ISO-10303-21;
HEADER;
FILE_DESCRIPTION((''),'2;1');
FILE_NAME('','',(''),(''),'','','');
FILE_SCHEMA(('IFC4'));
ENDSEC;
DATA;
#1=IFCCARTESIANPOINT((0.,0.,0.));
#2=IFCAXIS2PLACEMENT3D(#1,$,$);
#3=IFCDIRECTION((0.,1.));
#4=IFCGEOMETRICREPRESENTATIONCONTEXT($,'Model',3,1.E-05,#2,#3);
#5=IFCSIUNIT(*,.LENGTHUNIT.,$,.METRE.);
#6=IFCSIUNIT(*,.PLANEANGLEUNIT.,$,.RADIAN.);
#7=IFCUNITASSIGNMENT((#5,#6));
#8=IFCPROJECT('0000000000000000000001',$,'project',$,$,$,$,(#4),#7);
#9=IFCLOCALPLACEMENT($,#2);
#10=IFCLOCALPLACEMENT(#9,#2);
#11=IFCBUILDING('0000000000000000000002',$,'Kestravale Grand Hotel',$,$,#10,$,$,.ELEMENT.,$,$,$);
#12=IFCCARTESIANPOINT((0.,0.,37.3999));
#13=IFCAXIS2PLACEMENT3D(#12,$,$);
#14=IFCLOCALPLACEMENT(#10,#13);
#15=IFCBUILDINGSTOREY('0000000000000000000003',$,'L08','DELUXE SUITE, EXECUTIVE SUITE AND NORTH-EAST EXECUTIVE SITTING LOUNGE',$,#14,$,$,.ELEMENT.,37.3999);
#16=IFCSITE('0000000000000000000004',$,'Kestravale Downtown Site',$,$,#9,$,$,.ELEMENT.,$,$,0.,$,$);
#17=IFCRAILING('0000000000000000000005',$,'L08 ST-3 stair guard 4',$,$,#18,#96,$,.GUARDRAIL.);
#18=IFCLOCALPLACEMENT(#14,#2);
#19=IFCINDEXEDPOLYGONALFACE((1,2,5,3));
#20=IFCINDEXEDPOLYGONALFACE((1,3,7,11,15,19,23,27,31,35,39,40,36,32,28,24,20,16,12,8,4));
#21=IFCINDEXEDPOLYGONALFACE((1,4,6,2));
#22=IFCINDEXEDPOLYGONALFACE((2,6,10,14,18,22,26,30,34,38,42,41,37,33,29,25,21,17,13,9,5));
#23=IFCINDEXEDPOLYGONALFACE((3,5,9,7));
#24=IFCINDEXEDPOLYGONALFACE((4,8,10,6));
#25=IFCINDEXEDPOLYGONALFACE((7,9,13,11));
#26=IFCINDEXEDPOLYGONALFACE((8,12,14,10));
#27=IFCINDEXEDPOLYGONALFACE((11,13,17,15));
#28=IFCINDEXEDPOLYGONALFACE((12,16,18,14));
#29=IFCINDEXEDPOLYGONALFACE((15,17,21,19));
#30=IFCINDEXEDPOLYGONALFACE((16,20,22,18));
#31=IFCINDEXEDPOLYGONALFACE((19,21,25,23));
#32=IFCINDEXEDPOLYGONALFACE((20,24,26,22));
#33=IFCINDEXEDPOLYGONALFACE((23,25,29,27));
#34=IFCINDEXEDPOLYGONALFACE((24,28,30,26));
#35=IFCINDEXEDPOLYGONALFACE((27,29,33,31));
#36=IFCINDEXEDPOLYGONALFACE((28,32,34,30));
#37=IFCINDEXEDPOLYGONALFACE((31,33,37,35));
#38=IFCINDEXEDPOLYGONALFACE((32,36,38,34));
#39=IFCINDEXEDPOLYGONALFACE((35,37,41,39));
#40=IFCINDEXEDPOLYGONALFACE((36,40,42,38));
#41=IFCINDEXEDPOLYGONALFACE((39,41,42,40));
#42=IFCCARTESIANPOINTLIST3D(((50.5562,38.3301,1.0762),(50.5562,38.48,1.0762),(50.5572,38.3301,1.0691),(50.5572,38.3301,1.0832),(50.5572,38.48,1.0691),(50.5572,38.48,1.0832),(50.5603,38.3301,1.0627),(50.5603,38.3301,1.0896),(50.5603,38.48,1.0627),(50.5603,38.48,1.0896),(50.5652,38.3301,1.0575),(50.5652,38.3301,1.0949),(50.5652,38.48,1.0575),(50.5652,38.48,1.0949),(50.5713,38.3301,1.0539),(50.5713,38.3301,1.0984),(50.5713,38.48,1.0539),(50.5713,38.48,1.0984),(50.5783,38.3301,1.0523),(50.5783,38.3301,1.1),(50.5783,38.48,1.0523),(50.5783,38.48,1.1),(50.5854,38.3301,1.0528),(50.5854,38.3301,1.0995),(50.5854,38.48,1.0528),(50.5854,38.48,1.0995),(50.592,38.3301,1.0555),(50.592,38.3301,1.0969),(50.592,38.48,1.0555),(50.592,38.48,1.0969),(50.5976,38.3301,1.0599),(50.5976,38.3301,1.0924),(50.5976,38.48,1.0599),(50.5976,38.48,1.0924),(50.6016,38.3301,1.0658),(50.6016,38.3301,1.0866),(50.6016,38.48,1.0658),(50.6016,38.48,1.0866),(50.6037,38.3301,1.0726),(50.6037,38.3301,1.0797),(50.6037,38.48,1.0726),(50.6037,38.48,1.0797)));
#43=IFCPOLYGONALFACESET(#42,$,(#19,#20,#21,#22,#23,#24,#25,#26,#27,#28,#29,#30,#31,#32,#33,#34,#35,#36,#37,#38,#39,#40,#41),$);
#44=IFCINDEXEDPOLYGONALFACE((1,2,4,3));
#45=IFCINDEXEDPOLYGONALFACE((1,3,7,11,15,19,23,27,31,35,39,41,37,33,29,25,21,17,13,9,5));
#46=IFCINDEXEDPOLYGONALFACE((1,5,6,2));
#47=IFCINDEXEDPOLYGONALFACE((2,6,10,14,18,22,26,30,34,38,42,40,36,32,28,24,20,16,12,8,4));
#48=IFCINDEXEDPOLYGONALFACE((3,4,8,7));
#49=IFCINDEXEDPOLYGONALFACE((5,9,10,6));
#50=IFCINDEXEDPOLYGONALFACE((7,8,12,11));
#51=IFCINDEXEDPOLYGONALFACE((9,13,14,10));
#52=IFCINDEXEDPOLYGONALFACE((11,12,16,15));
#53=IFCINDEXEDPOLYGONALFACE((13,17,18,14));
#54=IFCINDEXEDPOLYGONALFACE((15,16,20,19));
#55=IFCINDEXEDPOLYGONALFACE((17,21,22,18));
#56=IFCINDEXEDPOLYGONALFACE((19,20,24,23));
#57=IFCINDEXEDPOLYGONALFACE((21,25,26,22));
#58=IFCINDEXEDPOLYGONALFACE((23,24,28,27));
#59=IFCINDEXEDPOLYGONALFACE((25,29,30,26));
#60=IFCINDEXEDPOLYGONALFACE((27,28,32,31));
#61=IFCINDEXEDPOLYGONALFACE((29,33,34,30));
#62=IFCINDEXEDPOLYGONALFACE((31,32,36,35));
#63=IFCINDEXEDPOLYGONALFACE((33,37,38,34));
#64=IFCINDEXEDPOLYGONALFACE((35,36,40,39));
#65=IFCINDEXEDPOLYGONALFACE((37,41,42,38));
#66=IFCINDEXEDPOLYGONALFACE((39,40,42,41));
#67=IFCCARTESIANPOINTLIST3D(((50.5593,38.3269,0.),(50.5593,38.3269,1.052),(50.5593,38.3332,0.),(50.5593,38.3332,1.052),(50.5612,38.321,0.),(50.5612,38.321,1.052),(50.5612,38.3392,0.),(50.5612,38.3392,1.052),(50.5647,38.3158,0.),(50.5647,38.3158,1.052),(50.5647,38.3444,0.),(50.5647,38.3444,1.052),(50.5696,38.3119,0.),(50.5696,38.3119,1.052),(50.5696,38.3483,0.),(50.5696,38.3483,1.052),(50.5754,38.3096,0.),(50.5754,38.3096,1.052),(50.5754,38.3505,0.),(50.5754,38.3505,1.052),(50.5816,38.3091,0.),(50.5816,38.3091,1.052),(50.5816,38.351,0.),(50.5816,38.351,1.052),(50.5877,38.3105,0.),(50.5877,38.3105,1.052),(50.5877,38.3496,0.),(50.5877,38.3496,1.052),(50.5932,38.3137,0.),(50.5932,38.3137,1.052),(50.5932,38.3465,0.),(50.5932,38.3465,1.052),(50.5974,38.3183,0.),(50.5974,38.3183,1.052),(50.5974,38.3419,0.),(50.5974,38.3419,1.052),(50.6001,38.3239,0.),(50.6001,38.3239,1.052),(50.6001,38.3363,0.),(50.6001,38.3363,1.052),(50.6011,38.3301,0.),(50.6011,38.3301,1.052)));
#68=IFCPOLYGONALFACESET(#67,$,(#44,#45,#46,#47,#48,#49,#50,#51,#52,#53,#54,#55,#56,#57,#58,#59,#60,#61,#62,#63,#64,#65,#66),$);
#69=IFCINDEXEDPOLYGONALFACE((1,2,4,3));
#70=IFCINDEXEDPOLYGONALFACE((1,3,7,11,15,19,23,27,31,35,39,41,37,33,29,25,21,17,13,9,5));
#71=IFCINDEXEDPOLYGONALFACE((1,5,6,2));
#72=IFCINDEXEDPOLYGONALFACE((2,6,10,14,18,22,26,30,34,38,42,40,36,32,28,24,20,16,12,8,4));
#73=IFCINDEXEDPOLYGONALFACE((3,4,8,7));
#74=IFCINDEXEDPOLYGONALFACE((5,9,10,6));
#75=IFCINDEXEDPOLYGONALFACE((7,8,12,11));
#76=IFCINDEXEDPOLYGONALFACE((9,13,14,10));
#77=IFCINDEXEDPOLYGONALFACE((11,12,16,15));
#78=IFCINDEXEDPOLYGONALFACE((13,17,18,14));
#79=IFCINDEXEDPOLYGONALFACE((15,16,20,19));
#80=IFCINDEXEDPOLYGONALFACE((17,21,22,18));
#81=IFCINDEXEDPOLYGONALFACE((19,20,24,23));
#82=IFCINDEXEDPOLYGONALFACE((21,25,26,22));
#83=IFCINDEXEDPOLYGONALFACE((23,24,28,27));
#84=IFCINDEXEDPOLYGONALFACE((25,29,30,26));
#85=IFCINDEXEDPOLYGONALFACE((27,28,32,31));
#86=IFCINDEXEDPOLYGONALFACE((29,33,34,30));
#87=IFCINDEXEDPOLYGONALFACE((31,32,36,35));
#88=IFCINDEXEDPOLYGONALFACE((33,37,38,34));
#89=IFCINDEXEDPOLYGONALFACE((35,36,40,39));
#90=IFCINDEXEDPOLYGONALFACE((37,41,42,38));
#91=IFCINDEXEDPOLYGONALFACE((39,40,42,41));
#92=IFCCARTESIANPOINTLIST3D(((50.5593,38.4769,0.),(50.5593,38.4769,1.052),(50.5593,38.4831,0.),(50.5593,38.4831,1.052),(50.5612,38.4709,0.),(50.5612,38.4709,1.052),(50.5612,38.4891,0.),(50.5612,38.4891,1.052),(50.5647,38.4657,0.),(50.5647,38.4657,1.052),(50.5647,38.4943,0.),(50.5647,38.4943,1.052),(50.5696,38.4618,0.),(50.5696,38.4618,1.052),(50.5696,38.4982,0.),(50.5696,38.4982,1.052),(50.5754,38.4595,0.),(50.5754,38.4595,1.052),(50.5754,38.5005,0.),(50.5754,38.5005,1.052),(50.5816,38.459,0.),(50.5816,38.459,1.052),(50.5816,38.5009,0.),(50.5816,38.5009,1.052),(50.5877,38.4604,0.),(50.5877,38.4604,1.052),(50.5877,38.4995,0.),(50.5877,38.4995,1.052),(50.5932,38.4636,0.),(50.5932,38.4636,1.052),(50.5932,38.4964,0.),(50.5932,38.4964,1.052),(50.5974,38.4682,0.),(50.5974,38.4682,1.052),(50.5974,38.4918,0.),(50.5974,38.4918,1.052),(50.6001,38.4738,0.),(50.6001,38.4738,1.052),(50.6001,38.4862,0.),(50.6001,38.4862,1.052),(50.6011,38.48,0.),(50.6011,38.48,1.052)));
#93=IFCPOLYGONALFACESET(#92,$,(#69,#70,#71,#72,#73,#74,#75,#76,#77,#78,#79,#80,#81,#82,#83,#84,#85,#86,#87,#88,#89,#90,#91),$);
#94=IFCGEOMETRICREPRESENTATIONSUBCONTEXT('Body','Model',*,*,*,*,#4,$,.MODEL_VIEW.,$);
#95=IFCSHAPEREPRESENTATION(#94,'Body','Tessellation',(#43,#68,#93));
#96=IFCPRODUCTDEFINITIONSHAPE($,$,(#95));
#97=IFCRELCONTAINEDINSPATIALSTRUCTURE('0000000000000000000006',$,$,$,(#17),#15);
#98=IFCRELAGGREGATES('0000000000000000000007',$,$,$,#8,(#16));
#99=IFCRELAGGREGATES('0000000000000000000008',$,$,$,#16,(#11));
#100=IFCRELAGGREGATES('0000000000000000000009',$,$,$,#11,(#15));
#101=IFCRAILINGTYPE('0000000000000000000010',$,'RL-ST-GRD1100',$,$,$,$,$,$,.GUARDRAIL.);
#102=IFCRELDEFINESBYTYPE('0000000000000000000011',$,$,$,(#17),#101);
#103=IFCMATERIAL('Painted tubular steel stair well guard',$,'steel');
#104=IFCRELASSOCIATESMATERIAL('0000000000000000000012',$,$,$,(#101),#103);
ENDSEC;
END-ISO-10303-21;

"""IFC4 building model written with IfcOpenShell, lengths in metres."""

from ifc_helpers import new_model, si_unit, direction, frame, origin, origin_2d, place, context, subcontext, project, spatial, circle, extrude, material, type_object, element, save


model = new_model("IFC4")

# Units and contexts
model_context = context("Model", 3, precision=1e-05, world=origin(), true_north=direction((0.0, 1.0)))
body_context = subcontext(model_context, "Body", "Model", "MODEL_VIEW")
ifc_project = project(units=[si_unit("LENGTHUNIT", "METRE"), si_unit("PLANEANGLEUNIT", "RADIAN")], contexts=[model_context])

# Site, building, storey
site_placement = place(None, origin())
site = spatial("IfcSite", under=ifc_project, at=site_placement, Name="Kestravale Downtown Site", CompositionType="ELEMENT", RefElevation=0.0)
building_placement = place(site_placement, origin())
building = spatial("IfcBuilding", under=site, at=building_placement, Name="Kestravale Grand Hotel", CompositionType="ELEMENT")
storey_placement = place(building_placement, frame((0.0, 0.0, 37.3999)))
storey = spatial("IfcBuildingStorey", under=building, at=storey_placement, Name="L08", Description="DELUXE SUITE, EXECUTIVE SUITE AND NORTH-EAST EXECUTIVE SITTING LOUNGE", CompositionType="ELEMENT", Elevation=37.3999)

# Railing
ifc_material_1 = material(Name="Painted tubular steel stair well guard", Category="steel")
railing_type_1 = type_object("IfcRailingType", Name="RL-ST-GRD1100", PredefinedType="GUARDRAIL", material=ifc_material_1)
railing_1_placement = place(storey_placement, frame((50.5801, 38.3301, 0.0)))
element("IfcRailing", 1, at=railing_1_placement, inside=storey, type_object=railing_type_1, Name="L08 ST-3 stair guard 4", PredefinedType="GUARDRAIL", context=body_context, shape_type="SweptSolid", body=[
    extrude(circle(Radius=0.0239, at=origin_2d()), frame((0.0, 0.0, 1.0762), z_axis=(0.0, 1.0, 0.0), x_axis=(-1.0, 0.0, 0.0)), (0.0, 0.0, 1.0), 0.1499),
    extrude(circle(Radius=0.021, at=origin_2d()), origin(), (0.0, 0.0, 1.0), 1.052),
    extrude(circle(Radius=0.021, at=origin_2d()), frame((0.0, 0.1499, 0.0)), (0.0, 0.0, 1.0), 1.052),
])

save(model, "model.ifc")
